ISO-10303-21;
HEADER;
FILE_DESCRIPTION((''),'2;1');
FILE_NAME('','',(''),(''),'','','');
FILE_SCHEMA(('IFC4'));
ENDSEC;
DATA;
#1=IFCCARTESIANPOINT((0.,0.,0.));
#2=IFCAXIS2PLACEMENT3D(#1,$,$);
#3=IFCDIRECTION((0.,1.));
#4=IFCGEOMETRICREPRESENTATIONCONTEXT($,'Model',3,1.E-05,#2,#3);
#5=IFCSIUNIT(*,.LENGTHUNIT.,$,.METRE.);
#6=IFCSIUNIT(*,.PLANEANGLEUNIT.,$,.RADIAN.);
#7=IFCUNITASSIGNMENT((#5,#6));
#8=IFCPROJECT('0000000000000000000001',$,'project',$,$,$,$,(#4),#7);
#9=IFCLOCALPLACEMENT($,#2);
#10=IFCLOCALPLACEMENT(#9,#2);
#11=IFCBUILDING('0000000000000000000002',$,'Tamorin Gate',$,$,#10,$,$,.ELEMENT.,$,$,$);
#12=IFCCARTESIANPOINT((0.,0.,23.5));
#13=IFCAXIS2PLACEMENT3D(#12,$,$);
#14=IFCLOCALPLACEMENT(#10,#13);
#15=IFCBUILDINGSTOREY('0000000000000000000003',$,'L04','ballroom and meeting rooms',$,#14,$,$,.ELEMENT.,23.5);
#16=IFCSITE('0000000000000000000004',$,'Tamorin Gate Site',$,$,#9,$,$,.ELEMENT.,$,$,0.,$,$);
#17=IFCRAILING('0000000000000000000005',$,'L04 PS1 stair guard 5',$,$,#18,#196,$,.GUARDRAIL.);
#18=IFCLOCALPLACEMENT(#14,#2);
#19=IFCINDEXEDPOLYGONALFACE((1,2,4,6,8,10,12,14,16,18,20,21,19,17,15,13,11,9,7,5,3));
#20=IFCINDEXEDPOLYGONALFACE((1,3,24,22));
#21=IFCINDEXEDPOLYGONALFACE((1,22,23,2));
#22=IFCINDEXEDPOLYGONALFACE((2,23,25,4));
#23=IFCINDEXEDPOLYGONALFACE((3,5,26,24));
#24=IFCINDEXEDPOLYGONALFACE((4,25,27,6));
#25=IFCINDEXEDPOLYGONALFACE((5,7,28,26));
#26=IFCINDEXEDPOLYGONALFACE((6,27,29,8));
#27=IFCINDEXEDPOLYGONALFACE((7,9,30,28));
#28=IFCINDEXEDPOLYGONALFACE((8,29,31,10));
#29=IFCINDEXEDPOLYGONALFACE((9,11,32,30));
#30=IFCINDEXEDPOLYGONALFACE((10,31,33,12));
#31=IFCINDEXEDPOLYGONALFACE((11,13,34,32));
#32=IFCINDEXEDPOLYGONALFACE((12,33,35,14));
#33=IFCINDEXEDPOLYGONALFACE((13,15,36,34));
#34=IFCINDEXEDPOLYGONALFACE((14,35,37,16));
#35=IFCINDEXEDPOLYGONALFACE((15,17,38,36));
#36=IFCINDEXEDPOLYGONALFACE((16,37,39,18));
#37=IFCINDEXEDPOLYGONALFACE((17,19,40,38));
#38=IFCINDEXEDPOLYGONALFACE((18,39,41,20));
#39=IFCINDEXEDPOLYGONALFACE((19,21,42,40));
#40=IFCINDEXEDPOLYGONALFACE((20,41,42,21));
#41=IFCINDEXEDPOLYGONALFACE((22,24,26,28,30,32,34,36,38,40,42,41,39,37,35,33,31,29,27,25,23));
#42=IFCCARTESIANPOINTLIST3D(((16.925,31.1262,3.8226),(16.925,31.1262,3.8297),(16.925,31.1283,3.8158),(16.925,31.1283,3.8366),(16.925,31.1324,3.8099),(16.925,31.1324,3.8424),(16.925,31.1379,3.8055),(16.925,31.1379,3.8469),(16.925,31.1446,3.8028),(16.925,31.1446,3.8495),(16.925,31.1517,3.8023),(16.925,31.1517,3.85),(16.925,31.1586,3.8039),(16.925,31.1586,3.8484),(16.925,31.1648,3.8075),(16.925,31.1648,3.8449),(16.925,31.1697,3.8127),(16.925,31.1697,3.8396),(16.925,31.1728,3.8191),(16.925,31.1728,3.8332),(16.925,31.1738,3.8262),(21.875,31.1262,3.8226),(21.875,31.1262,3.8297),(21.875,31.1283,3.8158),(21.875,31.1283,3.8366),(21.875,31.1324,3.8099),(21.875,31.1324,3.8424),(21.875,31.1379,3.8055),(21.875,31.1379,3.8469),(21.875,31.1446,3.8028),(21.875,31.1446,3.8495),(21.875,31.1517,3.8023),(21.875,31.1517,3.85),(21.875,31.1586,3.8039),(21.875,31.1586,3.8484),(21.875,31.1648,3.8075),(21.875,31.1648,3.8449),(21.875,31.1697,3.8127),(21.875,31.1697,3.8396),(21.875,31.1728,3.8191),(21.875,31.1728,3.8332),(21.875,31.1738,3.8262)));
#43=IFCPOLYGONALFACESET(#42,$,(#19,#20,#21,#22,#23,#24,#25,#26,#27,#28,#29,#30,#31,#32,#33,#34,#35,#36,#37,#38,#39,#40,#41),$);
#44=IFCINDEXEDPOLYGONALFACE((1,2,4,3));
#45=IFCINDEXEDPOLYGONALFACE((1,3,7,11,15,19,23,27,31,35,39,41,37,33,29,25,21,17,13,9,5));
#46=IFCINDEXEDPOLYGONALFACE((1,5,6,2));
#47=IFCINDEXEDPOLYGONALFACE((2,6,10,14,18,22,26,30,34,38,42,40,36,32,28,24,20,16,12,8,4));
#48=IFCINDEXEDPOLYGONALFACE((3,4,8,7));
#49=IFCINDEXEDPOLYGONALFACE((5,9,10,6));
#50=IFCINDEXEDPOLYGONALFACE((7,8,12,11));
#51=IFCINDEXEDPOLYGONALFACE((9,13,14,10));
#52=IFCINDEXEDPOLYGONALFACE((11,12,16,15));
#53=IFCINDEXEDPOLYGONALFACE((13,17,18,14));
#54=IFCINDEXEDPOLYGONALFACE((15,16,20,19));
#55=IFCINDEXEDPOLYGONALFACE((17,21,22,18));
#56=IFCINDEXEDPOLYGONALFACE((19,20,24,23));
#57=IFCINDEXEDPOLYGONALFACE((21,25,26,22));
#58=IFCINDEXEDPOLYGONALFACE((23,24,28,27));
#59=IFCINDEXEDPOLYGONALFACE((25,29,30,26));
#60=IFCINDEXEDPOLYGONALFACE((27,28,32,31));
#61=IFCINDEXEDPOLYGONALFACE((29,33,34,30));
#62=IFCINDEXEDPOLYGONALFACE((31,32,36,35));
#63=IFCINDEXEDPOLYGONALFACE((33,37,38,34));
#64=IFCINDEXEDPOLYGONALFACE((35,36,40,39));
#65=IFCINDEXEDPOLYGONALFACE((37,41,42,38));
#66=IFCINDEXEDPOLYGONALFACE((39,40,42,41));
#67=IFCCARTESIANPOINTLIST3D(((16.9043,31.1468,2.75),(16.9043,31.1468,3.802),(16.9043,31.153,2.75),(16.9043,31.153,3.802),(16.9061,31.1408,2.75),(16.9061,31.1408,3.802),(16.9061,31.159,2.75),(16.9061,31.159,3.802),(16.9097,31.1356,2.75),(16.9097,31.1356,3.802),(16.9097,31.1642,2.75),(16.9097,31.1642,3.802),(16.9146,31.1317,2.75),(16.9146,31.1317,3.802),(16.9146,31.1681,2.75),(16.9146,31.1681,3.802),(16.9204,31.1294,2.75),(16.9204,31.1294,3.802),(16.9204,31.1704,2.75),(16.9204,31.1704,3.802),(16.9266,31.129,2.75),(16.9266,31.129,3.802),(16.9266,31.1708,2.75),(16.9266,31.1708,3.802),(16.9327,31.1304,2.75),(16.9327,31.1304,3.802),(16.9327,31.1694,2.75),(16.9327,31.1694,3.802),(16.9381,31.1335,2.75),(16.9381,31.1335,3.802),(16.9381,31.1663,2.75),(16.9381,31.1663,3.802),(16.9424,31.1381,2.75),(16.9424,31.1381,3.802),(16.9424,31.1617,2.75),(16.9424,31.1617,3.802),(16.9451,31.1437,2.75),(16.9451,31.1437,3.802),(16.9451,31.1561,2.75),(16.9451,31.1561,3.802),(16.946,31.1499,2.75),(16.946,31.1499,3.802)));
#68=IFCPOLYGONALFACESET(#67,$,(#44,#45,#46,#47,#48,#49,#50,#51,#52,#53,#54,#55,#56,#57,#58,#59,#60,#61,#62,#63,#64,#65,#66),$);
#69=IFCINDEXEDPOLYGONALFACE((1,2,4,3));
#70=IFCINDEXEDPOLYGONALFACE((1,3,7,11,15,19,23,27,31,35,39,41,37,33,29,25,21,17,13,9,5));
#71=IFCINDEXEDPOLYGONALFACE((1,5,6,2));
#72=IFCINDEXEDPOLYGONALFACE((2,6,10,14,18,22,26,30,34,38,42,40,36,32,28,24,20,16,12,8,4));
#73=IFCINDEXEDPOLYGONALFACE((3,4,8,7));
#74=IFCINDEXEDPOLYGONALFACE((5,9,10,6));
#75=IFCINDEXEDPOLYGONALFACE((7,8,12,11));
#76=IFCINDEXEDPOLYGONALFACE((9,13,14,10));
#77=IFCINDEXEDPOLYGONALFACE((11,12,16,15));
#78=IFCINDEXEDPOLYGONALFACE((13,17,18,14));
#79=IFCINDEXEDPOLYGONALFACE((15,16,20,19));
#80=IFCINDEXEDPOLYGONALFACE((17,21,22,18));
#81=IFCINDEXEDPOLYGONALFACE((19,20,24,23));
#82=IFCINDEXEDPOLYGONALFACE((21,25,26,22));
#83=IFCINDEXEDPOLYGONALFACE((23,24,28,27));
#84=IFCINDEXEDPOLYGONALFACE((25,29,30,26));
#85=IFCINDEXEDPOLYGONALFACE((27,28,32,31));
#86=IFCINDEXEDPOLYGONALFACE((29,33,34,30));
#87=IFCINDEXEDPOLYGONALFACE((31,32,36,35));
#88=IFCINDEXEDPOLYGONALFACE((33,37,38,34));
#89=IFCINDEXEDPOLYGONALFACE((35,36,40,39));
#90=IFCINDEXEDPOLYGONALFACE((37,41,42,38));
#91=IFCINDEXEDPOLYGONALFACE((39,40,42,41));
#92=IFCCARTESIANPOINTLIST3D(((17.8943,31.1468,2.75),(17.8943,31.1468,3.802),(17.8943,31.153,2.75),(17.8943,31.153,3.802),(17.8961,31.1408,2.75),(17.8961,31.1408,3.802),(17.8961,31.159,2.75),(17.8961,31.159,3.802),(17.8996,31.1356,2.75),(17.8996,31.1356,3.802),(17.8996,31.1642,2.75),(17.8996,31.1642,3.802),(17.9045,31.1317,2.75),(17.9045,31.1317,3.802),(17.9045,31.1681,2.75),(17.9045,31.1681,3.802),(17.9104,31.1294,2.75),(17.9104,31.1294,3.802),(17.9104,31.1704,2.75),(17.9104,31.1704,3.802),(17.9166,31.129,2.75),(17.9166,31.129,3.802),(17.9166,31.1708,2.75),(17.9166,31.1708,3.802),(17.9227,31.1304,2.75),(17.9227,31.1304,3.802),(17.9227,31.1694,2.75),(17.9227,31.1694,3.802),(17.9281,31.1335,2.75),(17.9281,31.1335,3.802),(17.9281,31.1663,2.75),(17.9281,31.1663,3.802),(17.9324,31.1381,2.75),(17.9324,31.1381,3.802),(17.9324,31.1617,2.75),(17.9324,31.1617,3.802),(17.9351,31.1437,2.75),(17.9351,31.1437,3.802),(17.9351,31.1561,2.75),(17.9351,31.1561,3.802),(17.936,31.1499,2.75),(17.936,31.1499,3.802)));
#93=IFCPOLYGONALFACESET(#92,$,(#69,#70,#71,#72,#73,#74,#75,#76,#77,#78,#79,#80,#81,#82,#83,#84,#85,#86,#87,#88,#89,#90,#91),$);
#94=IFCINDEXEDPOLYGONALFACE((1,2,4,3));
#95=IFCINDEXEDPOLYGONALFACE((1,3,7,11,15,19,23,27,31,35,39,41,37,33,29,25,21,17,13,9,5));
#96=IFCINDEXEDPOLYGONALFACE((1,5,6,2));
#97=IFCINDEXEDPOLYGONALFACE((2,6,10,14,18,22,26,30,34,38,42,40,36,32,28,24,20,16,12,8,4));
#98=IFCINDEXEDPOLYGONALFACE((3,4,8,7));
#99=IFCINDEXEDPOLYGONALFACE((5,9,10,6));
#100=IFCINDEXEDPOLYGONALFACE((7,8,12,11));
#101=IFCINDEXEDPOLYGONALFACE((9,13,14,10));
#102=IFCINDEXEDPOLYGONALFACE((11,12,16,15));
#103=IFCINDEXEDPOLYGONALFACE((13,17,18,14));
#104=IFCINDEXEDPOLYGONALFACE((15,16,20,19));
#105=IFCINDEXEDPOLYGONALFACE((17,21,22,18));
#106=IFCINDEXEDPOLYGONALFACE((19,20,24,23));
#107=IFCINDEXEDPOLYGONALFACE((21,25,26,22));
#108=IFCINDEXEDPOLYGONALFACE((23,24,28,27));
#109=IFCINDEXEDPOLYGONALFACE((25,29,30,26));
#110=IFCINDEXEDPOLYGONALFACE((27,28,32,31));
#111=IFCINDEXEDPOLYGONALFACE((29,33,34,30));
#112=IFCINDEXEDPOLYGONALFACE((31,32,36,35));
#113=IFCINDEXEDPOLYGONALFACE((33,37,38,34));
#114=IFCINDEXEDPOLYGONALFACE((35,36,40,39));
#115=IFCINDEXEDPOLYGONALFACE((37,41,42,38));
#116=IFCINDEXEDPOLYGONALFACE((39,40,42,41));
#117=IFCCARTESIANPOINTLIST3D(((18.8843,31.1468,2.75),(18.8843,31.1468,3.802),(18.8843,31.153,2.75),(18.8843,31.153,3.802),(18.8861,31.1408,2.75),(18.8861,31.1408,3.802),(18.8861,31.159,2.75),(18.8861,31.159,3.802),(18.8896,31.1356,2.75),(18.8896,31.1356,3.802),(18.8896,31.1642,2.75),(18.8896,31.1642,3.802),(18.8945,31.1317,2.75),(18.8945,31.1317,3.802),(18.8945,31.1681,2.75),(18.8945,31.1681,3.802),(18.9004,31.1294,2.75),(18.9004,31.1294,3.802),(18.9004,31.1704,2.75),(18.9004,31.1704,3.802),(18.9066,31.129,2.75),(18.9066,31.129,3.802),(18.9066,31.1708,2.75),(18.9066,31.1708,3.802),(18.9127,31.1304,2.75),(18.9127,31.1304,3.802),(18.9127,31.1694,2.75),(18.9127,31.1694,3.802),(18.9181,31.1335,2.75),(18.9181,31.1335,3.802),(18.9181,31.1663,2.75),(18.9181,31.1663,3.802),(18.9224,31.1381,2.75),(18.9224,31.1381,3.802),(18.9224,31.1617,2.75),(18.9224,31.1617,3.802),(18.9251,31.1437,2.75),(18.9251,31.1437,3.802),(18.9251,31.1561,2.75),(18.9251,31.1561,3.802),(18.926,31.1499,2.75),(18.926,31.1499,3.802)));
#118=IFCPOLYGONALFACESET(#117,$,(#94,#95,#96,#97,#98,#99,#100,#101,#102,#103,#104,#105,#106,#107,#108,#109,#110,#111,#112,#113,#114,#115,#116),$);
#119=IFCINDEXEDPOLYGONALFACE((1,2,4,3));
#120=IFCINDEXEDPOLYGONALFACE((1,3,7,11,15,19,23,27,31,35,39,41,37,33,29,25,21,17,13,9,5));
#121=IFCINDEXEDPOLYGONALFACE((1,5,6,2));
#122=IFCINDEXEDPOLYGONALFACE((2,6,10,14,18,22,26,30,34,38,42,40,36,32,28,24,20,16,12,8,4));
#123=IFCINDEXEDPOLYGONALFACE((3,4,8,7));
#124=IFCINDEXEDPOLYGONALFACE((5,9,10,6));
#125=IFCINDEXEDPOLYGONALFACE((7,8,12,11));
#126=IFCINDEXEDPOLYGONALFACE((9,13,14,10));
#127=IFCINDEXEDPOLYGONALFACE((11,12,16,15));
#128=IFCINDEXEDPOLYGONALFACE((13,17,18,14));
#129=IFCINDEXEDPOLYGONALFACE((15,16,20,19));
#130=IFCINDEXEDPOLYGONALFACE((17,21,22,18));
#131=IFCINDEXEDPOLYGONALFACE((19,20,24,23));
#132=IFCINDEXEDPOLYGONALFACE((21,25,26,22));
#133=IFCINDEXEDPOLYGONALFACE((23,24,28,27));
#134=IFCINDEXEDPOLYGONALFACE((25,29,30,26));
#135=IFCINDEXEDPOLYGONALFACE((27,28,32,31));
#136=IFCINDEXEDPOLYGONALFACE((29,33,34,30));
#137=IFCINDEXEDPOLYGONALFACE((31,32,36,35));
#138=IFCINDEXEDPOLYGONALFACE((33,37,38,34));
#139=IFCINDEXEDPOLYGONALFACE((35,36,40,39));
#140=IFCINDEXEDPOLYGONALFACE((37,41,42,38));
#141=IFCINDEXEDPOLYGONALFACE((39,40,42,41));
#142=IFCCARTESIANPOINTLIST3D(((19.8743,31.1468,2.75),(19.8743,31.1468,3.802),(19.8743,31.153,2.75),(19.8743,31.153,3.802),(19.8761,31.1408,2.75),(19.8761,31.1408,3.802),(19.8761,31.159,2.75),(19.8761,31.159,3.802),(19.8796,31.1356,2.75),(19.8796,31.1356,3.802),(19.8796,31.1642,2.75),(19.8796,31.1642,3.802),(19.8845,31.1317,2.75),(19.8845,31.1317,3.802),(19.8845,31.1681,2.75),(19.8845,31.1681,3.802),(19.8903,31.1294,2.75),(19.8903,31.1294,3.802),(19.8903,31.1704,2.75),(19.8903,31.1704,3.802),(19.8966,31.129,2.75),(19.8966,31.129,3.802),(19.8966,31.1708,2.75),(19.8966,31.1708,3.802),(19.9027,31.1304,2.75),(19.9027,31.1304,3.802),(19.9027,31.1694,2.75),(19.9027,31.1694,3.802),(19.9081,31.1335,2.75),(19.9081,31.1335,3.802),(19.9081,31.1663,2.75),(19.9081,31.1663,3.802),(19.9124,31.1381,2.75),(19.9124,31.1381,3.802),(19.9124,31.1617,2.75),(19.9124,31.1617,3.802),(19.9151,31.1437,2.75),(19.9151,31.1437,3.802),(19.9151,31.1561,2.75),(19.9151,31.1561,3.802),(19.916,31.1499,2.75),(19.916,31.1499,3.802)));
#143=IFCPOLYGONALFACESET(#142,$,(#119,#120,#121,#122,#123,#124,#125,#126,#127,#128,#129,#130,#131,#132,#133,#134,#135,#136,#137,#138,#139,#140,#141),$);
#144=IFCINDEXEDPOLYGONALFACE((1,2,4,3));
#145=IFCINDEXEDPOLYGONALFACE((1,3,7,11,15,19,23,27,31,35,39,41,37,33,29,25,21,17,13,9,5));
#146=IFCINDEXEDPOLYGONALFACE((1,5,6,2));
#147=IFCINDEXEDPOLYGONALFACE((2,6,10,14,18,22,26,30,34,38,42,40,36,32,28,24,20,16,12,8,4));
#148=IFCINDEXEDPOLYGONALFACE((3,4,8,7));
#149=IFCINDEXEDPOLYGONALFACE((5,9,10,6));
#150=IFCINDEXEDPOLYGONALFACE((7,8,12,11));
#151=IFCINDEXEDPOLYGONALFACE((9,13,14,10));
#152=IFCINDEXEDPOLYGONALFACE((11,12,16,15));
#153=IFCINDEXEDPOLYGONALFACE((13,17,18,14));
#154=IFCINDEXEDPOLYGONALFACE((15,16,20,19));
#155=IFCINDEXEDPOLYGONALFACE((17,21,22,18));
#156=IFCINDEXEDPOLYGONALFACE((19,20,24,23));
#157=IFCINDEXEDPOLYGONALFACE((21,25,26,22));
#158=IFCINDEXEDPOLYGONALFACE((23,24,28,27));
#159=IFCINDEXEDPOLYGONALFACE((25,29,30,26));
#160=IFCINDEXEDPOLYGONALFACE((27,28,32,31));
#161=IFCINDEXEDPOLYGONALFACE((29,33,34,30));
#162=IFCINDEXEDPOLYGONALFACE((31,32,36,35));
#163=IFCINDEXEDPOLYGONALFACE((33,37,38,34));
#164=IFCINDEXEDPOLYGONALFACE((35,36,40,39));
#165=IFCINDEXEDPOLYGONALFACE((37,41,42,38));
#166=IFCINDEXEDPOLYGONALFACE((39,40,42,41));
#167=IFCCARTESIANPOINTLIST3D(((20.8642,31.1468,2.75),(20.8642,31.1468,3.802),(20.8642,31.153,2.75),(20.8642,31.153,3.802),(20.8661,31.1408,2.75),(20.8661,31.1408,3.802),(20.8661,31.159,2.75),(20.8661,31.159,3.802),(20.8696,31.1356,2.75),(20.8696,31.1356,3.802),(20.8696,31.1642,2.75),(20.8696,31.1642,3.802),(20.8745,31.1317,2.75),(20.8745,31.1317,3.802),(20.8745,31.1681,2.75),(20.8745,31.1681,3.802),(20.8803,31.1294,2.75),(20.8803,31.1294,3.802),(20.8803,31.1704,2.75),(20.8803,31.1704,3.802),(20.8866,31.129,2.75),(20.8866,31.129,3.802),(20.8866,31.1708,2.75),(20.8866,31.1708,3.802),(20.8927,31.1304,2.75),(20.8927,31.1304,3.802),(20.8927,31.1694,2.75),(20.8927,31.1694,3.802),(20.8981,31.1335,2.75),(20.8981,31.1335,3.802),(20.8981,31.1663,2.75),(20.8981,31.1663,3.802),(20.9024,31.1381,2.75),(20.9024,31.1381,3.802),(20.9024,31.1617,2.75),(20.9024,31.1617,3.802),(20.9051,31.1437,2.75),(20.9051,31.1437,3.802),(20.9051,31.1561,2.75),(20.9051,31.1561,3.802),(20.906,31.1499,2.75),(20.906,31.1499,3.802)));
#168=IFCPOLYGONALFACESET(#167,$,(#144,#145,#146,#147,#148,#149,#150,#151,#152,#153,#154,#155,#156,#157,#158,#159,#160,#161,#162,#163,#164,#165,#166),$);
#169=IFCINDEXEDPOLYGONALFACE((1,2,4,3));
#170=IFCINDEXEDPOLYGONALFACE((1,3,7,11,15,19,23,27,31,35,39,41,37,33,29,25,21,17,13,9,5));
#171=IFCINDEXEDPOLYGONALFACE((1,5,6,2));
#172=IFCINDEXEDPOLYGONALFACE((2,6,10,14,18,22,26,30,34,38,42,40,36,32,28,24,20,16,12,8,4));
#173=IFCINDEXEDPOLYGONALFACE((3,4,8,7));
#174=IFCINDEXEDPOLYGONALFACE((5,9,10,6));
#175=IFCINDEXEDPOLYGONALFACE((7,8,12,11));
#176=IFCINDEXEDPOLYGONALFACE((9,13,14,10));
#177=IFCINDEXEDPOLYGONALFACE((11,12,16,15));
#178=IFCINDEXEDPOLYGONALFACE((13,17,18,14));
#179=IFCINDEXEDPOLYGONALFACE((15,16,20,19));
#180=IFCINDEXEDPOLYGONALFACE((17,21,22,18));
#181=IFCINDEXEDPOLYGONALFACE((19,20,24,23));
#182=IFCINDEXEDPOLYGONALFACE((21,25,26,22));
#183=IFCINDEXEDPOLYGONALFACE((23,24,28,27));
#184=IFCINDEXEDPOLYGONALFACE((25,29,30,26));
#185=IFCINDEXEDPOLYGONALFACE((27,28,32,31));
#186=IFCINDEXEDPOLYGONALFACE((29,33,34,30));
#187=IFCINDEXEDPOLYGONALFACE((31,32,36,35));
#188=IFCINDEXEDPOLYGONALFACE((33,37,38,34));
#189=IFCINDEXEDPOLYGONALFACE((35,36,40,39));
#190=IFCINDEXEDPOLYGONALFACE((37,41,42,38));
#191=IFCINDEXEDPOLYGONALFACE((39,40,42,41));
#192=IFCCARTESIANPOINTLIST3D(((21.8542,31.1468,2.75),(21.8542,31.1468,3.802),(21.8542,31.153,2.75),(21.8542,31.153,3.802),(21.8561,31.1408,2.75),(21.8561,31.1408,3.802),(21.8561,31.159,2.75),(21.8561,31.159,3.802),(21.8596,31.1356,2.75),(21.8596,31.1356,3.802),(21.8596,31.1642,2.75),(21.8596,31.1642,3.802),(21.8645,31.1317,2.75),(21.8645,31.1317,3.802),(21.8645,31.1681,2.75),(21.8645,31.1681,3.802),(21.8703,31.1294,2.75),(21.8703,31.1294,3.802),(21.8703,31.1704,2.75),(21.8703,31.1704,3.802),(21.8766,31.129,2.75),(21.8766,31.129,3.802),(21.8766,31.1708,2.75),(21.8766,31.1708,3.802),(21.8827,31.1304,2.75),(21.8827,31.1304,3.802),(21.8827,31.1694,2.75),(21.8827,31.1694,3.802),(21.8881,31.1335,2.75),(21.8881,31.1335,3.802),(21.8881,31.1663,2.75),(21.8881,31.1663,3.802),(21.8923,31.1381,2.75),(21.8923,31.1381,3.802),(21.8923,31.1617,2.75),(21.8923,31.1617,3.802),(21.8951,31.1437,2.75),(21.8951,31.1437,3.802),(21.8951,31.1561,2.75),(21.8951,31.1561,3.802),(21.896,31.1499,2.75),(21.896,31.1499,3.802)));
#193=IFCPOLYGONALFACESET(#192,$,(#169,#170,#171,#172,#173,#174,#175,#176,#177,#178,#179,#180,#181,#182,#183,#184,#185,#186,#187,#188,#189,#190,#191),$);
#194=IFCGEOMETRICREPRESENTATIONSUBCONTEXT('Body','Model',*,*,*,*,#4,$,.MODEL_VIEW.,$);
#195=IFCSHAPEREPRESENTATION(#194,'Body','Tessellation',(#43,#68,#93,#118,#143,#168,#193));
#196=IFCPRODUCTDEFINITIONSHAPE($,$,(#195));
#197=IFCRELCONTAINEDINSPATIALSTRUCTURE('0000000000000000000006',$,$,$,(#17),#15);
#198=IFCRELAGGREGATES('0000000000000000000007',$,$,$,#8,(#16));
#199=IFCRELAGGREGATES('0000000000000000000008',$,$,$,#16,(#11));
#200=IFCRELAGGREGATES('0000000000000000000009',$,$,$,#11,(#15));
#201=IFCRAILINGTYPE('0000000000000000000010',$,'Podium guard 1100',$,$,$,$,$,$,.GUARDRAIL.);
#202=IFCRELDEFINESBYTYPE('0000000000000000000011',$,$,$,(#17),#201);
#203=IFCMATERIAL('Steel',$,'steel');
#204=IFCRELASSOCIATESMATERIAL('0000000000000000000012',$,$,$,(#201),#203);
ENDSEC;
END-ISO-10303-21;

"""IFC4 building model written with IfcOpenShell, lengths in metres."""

from ifc_helpers import new_model, si_unit, direction, frame, origin, origin_2d, place, context, subcontext, project, spatial, circle, extrude, material, type_object, element, save


model = new_model("IFC4")

# Units and contexts
model_context = context("Model", 3, precision=1e-05, world=origin(), true_north=direction((0.0, 1.0)))
body_context = subcontext(model_context, "Body", "Model", "MODEL_VIEW")
ifc_project = project(units=[si_unit("LENGTHUNIT", "METRE"), si_unit("PLANEANGLEUNIT", "RADIAN")], contexts=[model_context])

# Site, building, storey
site_placement = place(None, origin())
site = spatial("IfcSite", under=ifc_project, at=site_placement, Name="Tamorin Gate Site", CompositionType="ELEMENT", RefElevation=0.0)
building_placement = place(site_placement, origin())
building = spatial("IfcBuilding", under=site, at=building_placement, Name="Tamorin Gate", CompositionType="ELEMENT")
storey_placement = place(building_placement, frame((0.0, 0.0, 23.5)))
storey = spatial("IfcBuildingStorey", under=building, at=storey_placement, Name="L04", Description="ballroom and meeting rooms", CompositionType="ELEMENT", Elevation=23.5)

# Railing
ifc_material_1 = material(Name="Steel", Category="steel")
railing_type = type_object("IfcRailingType", Name="Podium guard 1100", PredefinedType="GUARDRAIL", material=ifc_material_1)
railing_1_placement = place(storey_placement, frame((16.925, 31.1499, 2.75)))
element("IfcRailing", 1, at=railing_1_placement, inside=storey, type_object=railing_type, Name="L04 PS1 stair guard 5", PredefinedType="GUARDRAIL", context=body_context, shape_type="SweptSolid", body=[
    extrude(circle(Radius=0.0239, at=origin_2d()), frame((0.0, 0.0, 1.0762), z_axis=(1.0, 0.0, 0.0), x_axis=(0.0, 1.0, 0.0)), (0.0, 0.0, 1.0), 4.95),
    extrude(circle(Radius=0.021, at=origin_2d()), origin(), (0.0, 0.0, 1.0), 1.052),
    extrude(circle(Radius=0.021, at=origin_2d()), frame((0.99, 0.0, 0.0)), (0.0, 0.0, 1.0), 1.052),
    extrude(circle(Radius=0.021, at=origin_2d()), frame((1.98, 0.0, 0.0)), (0.0, 0.0, 1.0), 1.052),
    extrude(circle(Radius=0.021, at=origin_2d()), frame((2.97, 0.0, 0.0)), (0.0, 0.0, 1.0), 1.052),
    extrude(circle(Radius=0.021, at=origin_2d()), frame((3.96, 0.0, 0.0)), (0.0, 0.0, 1.0), 1.052),
    extrude(circle(Radius=0.021, at=origin_2d()), frame((4.95, 0.0, 0.0)), (0.0, 0.0, 1.0), 1.052),
])

save(model, "model.ifc")
